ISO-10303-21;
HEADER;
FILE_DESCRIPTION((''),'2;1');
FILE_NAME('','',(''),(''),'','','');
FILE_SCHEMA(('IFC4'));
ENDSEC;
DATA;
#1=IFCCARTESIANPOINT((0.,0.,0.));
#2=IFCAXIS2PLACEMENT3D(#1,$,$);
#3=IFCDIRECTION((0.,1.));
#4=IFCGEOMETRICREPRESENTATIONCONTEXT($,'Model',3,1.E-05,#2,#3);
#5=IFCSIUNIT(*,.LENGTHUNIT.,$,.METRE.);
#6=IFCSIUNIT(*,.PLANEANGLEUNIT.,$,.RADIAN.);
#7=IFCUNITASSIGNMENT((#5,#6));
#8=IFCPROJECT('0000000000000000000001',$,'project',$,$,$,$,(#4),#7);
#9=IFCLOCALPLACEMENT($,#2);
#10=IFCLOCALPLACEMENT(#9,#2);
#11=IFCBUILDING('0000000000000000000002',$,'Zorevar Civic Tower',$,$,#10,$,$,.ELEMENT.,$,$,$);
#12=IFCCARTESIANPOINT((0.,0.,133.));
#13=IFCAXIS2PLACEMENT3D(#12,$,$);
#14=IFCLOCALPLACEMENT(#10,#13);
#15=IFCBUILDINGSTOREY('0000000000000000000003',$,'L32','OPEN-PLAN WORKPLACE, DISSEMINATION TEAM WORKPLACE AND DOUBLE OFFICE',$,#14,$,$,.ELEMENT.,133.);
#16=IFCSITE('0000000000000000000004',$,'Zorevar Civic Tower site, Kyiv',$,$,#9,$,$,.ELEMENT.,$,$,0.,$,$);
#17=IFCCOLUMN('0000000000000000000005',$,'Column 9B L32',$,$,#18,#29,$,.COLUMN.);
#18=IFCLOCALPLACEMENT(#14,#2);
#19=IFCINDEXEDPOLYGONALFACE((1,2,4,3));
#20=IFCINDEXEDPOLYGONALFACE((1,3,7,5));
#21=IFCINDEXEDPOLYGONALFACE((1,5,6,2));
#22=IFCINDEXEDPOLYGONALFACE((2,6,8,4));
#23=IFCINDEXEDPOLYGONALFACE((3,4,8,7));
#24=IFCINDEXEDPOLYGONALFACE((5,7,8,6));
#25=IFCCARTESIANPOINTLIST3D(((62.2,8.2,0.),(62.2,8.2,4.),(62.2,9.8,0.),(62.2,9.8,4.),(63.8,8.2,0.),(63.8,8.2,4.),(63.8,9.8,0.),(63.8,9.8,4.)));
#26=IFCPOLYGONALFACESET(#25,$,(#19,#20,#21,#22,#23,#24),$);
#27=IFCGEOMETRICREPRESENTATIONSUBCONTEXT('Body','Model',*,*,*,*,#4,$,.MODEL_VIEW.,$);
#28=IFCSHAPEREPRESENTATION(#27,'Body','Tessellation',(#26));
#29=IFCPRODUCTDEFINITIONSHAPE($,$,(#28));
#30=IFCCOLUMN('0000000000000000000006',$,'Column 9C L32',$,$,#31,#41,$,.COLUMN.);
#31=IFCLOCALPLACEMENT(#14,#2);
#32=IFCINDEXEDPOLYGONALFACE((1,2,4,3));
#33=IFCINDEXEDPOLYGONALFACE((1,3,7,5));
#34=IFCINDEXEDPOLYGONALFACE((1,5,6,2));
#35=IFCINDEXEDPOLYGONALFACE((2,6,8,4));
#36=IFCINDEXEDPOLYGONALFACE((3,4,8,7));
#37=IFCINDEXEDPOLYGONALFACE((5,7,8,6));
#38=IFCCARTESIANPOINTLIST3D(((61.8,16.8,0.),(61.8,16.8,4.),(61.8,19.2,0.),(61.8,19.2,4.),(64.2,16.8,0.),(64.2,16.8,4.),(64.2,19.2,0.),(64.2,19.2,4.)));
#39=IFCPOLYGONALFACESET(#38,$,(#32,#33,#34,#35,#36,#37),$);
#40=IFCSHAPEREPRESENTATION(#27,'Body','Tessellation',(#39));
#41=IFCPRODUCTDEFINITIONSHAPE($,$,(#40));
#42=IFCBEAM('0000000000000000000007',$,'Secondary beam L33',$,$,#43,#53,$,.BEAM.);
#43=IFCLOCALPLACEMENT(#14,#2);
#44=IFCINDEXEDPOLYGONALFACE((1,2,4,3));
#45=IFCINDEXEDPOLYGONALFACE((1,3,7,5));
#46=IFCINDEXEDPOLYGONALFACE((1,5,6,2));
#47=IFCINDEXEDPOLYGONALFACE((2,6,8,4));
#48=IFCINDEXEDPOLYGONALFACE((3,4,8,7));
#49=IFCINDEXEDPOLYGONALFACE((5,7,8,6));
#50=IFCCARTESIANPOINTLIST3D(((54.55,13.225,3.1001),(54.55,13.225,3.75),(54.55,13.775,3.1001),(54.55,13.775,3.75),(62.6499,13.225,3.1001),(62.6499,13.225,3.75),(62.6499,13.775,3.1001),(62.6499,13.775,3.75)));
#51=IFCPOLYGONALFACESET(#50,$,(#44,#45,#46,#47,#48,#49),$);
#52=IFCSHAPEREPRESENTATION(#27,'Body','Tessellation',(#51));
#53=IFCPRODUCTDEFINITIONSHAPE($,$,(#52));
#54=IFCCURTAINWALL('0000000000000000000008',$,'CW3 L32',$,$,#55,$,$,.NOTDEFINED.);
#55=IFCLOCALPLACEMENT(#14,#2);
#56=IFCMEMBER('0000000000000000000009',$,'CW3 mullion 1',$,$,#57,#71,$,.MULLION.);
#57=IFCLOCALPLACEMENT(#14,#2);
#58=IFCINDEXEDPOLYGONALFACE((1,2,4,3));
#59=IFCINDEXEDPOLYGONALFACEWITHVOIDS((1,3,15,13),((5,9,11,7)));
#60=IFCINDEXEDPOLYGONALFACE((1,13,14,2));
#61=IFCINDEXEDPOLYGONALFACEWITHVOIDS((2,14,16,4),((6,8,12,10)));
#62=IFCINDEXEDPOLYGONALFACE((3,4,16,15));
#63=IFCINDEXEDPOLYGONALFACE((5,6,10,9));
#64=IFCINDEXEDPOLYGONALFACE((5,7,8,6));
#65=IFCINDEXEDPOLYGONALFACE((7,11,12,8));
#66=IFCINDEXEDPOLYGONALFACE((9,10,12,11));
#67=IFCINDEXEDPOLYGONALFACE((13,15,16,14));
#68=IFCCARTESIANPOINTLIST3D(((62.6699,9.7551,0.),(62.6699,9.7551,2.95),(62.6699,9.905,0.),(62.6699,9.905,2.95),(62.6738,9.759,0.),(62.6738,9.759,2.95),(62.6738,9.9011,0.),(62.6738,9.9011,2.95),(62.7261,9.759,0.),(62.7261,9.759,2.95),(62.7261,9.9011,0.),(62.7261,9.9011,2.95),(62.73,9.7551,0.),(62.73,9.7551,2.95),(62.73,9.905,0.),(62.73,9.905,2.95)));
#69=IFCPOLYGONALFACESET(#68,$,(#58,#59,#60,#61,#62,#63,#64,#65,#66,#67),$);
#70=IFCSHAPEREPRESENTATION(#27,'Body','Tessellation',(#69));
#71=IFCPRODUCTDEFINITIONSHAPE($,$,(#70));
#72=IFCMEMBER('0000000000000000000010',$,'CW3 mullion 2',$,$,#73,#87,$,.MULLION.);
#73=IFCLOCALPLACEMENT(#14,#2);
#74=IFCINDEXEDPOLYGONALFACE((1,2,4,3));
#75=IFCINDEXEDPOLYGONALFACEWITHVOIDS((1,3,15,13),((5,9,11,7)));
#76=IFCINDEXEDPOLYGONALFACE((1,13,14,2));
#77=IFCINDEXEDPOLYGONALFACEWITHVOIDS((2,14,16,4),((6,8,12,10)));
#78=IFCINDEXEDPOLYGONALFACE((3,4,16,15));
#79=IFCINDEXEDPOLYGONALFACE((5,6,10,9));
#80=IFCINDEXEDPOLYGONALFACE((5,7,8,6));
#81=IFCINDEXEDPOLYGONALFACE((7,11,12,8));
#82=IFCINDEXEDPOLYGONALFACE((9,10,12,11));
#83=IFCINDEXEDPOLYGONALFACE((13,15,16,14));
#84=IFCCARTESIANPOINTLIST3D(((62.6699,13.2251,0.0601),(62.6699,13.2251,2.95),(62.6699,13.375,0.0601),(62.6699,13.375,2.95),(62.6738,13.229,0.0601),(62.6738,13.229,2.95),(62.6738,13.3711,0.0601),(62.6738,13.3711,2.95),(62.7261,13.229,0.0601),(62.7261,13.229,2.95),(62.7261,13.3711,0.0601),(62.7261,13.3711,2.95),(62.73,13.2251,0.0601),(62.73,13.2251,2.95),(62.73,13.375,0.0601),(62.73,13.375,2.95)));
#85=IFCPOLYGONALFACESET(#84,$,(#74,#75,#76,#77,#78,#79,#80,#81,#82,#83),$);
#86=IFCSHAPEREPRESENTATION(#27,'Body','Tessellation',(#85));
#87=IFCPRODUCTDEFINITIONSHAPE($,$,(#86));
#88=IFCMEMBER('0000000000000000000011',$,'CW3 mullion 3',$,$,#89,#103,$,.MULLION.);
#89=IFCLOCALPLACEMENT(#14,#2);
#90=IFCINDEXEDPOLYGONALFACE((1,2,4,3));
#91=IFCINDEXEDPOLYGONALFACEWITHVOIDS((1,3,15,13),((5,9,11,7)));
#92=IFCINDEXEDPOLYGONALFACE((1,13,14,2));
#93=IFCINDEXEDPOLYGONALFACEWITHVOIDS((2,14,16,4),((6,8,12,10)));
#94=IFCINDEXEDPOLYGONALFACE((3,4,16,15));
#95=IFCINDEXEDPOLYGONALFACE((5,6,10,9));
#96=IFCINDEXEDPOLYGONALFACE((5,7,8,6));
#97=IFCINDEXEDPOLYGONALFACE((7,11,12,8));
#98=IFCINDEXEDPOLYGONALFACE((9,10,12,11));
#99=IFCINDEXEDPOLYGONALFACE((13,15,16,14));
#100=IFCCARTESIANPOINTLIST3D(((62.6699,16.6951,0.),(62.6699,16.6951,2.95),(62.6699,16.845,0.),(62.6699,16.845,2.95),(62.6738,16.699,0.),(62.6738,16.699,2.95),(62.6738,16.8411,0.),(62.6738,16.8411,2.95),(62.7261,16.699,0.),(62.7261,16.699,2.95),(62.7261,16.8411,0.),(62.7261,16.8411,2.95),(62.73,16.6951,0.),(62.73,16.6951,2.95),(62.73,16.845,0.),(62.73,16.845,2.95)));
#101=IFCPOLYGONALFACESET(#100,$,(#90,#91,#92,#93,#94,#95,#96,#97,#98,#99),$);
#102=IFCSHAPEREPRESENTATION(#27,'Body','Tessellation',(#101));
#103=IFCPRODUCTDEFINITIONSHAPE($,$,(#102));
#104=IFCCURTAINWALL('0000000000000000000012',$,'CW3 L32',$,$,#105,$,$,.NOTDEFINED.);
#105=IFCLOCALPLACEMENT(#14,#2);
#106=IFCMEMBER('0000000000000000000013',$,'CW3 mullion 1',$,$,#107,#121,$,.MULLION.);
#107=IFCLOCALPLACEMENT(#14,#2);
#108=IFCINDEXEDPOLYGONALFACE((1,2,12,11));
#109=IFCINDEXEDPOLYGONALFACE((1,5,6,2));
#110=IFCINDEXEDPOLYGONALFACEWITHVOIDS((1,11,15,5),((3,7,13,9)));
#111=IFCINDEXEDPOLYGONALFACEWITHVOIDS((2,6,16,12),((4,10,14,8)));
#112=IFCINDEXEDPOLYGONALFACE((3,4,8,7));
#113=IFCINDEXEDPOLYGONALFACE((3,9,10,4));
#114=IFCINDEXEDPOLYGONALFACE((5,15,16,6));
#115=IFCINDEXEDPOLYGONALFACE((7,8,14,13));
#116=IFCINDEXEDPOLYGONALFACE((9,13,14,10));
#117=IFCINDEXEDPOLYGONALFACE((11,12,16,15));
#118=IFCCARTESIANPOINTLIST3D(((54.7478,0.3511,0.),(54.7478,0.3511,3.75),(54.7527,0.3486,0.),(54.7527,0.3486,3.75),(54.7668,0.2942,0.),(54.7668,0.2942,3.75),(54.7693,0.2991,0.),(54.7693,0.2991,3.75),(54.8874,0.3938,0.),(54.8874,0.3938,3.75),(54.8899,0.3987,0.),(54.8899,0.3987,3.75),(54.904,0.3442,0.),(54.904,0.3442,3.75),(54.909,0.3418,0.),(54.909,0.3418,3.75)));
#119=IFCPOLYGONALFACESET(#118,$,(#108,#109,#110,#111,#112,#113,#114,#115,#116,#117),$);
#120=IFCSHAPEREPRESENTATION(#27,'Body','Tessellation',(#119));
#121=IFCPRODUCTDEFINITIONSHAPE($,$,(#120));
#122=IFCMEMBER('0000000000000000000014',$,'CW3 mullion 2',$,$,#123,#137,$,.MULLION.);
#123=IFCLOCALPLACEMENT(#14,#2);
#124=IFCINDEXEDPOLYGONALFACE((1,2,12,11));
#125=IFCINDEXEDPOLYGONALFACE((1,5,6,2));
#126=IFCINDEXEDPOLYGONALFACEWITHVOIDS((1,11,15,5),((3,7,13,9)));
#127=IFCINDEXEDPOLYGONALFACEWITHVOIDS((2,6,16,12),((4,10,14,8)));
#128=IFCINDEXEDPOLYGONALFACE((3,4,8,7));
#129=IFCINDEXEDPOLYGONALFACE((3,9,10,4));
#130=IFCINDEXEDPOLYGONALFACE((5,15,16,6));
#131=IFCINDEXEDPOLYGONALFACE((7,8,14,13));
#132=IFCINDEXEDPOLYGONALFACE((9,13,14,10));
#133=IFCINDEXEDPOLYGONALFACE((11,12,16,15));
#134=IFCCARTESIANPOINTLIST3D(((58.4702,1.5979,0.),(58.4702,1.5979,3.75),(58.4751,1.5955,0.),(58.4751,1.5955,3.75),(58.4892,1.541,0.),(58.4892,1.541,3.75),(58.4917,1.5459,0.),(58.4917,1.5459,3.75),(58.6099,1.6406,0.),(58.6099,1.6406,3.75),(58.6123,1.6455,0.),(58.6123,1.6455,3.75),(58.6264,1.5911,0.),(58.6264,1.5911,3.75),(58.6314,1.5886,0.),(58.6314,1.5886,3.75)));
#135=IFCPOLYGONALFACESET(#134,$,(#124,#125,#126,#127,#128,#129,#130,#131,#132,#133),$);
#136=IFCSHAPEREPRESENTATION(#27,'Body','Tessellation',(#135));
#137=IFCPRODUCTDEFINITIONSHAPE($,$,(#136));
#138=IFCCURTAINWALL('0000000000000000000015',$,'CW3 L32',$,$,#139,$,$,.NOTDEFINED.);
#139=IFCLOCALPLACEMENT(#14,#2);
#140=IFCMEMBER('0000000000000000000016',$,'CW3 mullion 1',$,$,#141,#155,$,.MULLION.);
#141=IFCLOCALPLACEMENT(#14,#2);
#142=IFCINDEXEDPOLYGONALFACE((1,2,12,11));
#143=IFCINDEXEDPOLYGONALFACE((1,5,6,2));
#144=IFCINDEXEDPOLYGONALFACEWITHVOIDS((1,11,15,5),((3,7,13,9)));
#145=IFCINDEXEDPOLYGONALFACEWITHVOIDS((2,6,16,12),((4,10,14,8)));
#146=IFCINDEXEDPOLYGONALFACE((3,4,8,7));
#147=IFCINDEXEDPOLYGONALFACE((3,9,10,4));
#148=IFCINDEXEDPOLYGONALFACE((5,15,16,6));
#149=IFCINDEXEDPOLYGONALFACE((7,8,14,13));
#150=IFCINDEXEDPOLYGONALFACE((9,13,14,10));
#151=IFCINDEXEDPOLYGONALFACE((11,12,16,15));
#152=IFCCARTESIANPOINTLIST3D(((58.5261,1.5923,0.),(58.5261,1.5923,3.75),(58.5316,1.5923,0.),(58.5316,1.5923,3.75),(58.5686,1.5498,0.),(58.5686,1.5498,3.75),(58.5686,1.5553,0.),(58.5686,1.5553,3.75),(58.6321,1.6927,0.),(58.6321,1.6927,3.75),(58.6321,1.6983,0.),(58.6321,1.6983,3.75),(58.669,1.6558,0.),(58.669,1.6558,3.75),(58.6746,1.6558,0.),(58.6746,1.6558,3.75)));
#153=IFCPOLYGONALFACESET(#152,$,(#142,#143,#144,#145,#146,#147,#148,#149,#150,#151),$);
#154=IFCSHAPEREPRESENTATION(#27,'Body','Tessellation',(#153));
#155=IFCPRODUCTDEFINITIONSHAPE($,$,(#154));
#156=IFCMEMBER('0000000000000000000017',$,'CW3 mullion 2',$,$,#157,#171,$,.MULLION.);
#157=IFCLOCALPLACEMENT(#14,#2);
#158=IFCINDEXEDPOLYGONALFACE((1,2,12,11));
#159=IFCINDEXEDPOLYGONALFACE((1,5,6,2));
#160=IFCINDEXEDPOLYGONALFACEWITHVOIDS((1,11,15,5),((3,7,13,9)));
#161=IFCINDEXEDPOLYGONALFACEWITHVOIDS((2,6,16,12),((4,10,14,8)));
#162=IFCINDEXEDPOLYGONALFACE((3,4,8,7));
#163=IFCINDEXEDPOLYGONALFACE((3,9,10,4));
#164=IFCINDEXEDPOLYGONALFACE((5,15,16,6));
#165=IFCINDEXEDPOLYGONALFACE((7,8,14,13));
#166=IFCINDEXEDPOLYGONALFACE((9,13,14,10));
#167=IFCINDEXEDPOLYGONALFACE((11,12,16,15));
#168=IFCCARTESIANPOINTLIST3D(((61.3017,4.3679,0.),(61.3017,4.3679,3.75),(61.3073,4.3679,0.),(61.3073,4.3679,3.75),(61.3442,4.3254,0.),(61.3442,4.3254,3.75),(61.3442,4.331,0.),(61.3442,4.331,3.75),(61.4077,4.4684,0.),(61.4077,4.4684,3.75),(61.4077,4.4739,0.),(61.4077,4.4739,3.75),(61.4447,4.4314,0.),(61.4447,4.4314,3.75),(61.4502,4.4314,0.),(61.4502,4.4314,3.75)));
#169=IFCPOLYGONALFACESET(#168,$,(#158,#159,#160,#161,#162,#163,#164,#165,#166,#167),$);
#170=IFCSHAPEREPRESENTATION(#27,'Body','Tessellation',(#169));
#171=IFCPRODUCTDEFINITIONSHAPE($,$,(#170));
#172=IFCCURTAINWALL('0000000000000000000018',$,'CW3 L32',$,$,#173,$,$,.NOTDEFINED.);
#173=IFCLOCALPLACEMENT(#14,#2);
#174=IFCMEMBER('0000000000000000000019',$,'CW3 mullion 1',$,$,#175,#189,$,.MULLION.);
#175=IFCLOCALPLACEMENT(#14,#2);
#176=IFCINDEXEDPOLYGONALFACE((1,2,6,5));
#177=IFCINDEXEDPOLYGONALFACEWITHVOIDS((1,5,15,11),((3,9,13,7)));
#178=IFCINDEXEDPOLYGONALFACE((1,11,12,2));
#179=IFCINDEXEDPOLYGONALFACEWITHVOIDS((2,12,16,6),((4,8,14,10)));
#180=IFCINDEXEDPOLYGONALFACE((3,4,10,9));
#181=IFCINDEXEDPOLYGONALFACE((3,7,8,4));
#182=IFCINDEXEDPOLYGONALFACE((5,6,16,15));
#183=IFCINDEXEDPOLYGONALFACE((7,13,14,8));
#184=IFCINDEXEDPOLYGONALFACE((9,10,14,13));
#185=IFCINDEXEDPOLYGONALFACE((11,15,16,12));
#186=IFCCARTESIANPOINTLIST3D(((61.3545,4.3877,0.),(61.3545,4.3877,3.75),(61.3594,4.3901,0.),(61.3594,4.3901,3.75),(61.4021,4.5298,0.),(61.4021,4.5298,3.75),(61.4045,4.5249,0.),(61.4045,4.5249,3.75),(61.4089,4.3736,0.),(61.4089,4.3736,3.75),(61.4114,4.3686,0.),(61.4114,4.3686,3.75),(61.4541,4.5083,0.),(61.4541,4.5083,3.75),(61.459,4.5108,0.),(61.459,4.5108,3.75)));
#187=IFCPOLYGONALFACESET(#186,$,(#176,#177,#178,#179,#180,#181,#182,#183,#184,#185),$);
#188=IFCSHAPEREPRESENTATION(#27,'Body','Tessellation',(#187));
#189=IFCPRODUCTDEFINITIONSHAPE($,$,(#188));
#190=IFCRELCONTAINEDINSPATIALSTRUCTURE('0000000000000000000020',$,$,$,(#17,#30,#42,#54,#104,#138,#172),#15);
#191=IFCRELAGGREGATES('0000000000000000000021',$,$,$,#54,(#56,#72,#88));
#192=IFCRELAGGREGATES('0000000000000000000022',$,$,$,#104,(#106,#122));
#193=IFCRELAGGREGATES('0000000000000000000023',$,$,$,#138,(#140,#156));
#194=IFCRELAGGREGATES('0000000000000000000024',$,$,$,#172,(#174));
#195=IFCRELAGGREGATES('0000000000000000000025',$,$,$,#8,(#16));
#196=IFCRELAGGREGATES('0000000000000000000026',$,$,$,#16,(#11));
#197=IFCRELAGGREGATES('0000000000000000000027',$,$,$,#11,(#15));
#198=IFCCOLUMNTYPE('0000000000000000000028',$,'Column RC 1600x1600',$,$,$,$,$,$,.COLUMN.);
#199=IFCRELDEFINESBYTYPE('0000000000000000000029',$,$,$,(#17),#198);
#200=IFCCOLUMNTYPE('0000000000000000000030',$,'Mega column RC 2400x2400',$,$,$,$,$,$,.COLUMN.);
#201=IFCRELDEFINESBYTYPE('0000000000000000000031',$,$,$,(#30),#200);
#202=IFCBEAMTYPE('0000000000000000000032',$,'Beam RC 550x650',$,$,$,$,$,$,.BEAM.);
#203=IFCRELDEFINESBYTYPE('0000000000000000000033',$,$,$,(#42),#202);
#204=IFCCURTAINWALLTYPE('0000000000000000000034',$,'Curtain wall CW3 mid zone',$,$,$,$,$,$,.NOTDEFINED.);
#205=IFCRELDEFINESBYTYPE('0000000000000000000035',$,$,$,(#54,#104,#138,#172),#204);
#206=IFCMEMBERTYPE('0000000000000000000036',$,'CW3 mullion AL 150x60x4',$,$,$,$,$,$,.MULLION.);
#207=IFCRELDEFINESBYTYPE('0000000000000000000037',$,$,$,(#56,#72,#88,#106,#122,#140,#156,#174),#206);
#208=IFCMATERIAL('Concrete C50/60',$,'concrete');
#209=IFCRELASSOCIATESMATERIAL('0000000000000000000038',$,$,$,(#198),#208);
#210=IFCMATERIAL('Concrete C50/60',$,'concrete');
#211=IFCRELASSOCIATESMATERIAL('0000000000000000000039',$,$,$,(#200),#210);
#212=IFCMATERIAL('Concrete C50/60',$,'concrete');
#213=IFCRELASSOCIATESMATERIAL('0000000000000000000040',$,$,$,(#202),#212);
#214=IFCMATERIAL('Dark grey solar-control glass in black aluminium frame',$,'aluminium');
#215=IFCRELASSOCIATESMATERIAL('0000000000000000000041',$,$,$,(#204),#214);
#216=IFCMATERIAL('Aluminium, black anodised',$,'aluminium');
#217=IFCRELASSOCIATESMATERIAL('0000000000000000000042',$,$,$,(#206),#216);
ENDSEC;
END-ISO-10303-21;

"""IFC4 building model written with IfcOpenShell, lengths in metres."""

from ifc_helpers import new_model, si_unit, direction, frame, origin, origin_2d, place, context, subcontext, project, spatial, rectangle, hollow_rectangle, extrude, material, material_profile, profile_set, type_object, element, aggregate, save


model = new_model("IFC4")

# Units and contexts
model_context = context("Model", 3, precision=1e-05, world=origin(), true_north=direction((0.0, 1.0)))
body_context = subcontext(model_context, "Body", "Model", "MODEL_VIEW")
ifc_project = project(units=[si_unit("LENGTHUNIT", "METRE"), si_unit("PLANEANGLEUNIT", "RADIAN")], contexts=[model_context])

# Site, building, storey
site_placement = place(None, origin())
site = spatial("IfcSite", under=ifc_project, at=site_placement, Name="Zorevar Civic Tower site, Kyiv", CompositionType="ELEMENT", RefElevation=0.0)
building_placement = place(site_placement, origin())
building = spatial("IfcBuilding", under=site, at=building_placement, Name="Zorevar Civic Tower", CompositionType="ELEMENT")
storey_placement = place(building_placement, frame((0.0, 0.0, 133.0)))
storey = spatial("IfcBuildingStorey", under=building, at=storey_placement, Name="L32", Description="OPEN-PLAN WORKPLACE, DISSEMINATION TEAM WORKPLACE AND DOUBLE OFFICE", CompositionType="ELEMENT", Elevation=133.0)

# Columns
ifc_material_1 = material(Name="Concrete C50/60", Category="concrete")
ifc_material_profile_1 = material_profile(ifc_material_1, rectangle(XDim=1.6001, YDim=1.6001, at=origin_2d()), Name="RC 1600x1600")
ifc_profile_set_1 = profile_set([ifc_material_profile_1], Name="Concrete C50/60")
column_type_1 = type_object("IfcColumnType", Name="Column RC 1600x1600", PredefinedType="COLUMN", material=ifc_profile_set_1)
column_1_placement = place(storey_placement, frame((63.0, 9.0, 0.0), z_axis=(0.0, 0.0, 1.0), x_axis=(1.0, 0.0, 0.0)))
element("IfcColumn", 1, at=column_1_placement, inside=storey, type_object=column_type_1, Name="Column 9B L32", PredefinedType="COLUMN", context=body_context, shape_type="SweptSolid", body=[
    extrude(rectangle(XDim=1.6001, YDim=1.6001, at=origin_2d()), origin(), (0.0, 0.0, 1.0), 4.0),
])
ifc_material_2 = material(Name="Concrete C50/60", Category="concrete")
ifc_material_profile_2 = material_profile(ifc_material_2, rectangle(XDim=2.3999, YDim=2.3999, at=origin_2d()), Name="RC 2400x2400")
ifc_profile_set_2 = profile_set([ifc_material_profile_2], Name="Concrete C50/60")
column_type_2 = type_object("IfcColumnType", Name="Mega column RC 2400x2400", PredefinedType="COLUMN", material=ifc_profile_set_2)
column_2_placement = place(storey_placement, frame((63.0, 18.0, 0.0), z_axis=(0.0, 0.0, 1.0), x_axis=(1.0, 0.0, 0.0)))
element("IfcColumn", 2, at=column_2_placement, inside=storey, type_object=column_type_2, Name="Column 9C L32", PredefinedType="COLUMN", context=body_context, shape_type="SweptSolid", body=[
    extrude(rectangle(XDim=2.3999, YDim=2.3999, at=origin_2d()), origin(), (0.0, 0.0, 1.0), 4.0),
])

# Beam
ifc_material_3 = material(Name="Concrete C50/60", Category="concrete")
ifc_material_profile_3 = material_profile(ifc_material_3, rectangle(XDim=0.55, YDim=0.6499, at=origin_2d()), Name="RC 550x650")
ifc_profile_set_3 = profile_set([ifc_material_profile_3], Name="Concrete C50/60")
beam_type_1 = type_object("IfcBeamType", Name="Beam RC 550x650", PredefinedType="BEAM", material=ifc_profile_set_3)
beam_placement = place(storey_placement, frame((54.55, 13.5, 3.425), z_axis=(1.0, 0.0, 0.0), x_axis=(0.0, 1.0, 0.0)))
element("IfcBeam", 3, at=beam_placement, inside=storey, type_object=beam_type_1, Name="Secondary beam L33", PredefinedType="BEAM", context=body_context, shape_type="SweptSolid", body=[
    extrude(rectangle(XDim=0.55, YDim=0.6499, at=origin_2d()), origin(), (0.0, 0.0, 1.0), 8.0999),
])

# Curtain walls, members
ifc_material_4 = material(Name="Dark grey solar-control glass in black aluminium frame", Category="aluminium")
curtain_wall_type = type_object("IfcCurtainWallType", Name="Curtain wall CW3 mid zone", PredefinedType="NOTDEFINED", material=ifc_material_4)
curtain_wall_1_placement = place(storey_placement, origin())
curtain_wall_1 = element("IfcCurtainWall", 4, at=curtain_wall_1_placement, inside=storey, type_object=curtain_wall_type, Name="CW3 L32", PredefinedType="NOTDEFINED")
ifc_material_5 = material(Name="Aluminium, black anodised", Category="aluminium")
ifc_material_profile_4 = material_profile(ifc_material_5, hollow_rectangle(XDim=0.0601, YDim=0.1499, WallThickness=0.0039, at=origin_2d()), Name="AL 150x60x4")
ifc_profile_set_4 = profile_set([ifc_material_profile_4], Name="Aluminium, black anodised")
member_type_1 = type_object("IfcMemberType", Name="CW3 mullion AL 150x60x4", PredefinedType="MULLION", material=ifc_profile_set_4)
member_1_placement = place(storey_placement, frame((62.7, 9.8301, 0.0), z_axis=(0.0, 0.0, 1.0), x_axis=(-1.0, 0.0, 0.0)))
member_1 = element("IfcMember", 5, at=member_1_placement, type_object=member_type_1, Name="CW3 mullion 1", PredefinedType="MULLION", context=body_context, shape_type="SweptSolid", body=[
    extrude(hollow_rectangle(XDim=0.0601, YDim=0.1499, WallThickness=0.0039, at=origin_2d()), origin(), (0.0, 0.0, 1.0), 2.95),
])
member_2_placement = place(storey_placement, frame((62.7, 13.3, 0.0601), z_axis=(0.0, 0.0, 1.0), x_axis=(-1.0, 0.0, 0.0)))
member_2 = element("IfcMember", 6, at=member_2_placement, type_object=member_type_1, Name="CW3 mullion 2", PredefinedType="MULLION", context=body_context, shape_type="SweptSolid", body=[
    extrude(hollow_rectangle(XDim=0.0601, YDim=0.1499, WallThickness=0.0039, at=origin_2d()), origin(), (0.0, 0.0, 1.0), 2.8899),
])
member_3_placement = place(storey_placement, frame((62.7, 16.77, 0.0), z_axis=(0.0, 0.0, 1.0), x_axis=(-1.0, 0.0, 0.0)))
member_3 = element("IfcMember", 7, at=member_3_placement, type_object=member_type_1, Name="CW3 mullion 3", PredefinedType="MULLION", context=body_context, shape_type="SweptSolid", body=[
    extrude(hollow_rectangle(XDim=0.0601, YDim=0.1499, WallThickness=0.0039, at=origin_2d()), origin(), (0.0, 0.0, 1.0), 2.95),
])
curtain_wall_2_placement = place(storey_placement, origin())
curtain_wall_2 = element("IfcCurtainWall", 8, at=curtain_wall_2_placement, inside=storey, type_object=curtain_wall_type, Name="CW3 L32", PredefinedType="NOTDEFINED")
member_4_placement = place(storey_placement, frame((54.8284, 0.3464, 0.0), z_axis=(0.0, 0.0, 1.0), x_axis=(-0.317593, 0.948227, 0.0)))
member_4 = element("IfcMember", 9, at=member_4_placement, type_object=member_type_1, Name="CW3 mullion 1", PredefinedType="MULLION", context=body_context, shape_type="SweptSolid", body=[
    extrude(hollow_rectangle(XDim=0.0601, YDim=0.1499, WallThickness=0.0039, at=origin_2d()), origin(), (0.0, 0.0, 1.0), 3.75),
])
member_5_placement = place(storey_placement, frame((58.5508, 1.5933, 0.0), z_axis=(0.0, 0.0, 1.0), x_axis=(-0.317593, 0.948227, 0.0)))
member_5 = element("IfcMember", 10, at=member_5_placement, type_object=member_type_1, Name="CW3 mullion 2", PredefinedType="MULLION", context=body_context, shape_type="SweptSolid", body=[
    extrude(hollow_rectangle(XDim=0.0601, YDim=0.1499, WallThickness=0.0039, at=origin_2d()), origin(), (0.0, 0.0, 1.0), 3.75),
])
curtain_wall_3_placement = place(storey_placement, origin())
curtain_wall_3 = element("IfcCurtainWall", 11, at=curtain_wall_3_placement, inside=storey, type_object=curtain_wall_type, Name="CW3 L32", PredefinedType="NOTDEFINED")
member_6_placement = place(storey_placement, frame((58.6003, 1.624, 0.0), z_axis=(0.0, 0.0, 1.0), x_axis=(-0.707107, 0.707107, 0.0)))
member_6 = element("IfcMember", 12, at=member_6_placement, type_object=member_type_1, Name="CW3 mullion 1", PredefinedType="MULLION", context=body_context, shape_type="SweptSolid", body=[
    extrude(hollow_rectangle(XDim=0.0601, YDim=0.1499, WallThickness=0.0039, at=origin_2d()), origin(), (0.0, 0.0, 1.0), 3.75),
])
member_7_placement = place(storey_placement, frame((61.376, 4.3997, 0.0), z_axis=(0.0, 0.0, 1.0), x_axis=(-0.707107, 0.707107, 0.0)))
member_7 = element("IfcMember", 13, at=member_7_placement, type_object=member_type_1, Name="CW3 mullion 2", PredefinedType="MULLION", context=body_context, shape_type="SweptSolid", body=[
    extrude(hollow_rectangle(XDim=0.0601, YDim=0.1499, WallThickness=0.0039, at=origin_2d()), origin(), (0.0, 0.0, 1.0), 3.75),
])
curtain_wall_4_placement = place(storey_placement, origin())
curtain_wall_4 = element("IfcCurtainWall", 14, at=curtain_wall_4_placement, inside=storey, type_object=curtain_wall_type, Name="CW3 L32", PredefinedType="NOTDEFINED")
member_8_placement = place(storey_placement, frame((61.4067, 4.4492, 0.0), z_axis=(0.0, 0.0, 1.0), x_axis=(-0.948227, 0.317593, 0.0)))
member_8 = element("IfcMember", 15, at=member_8_placement, type_object=member_type_1, Name="CW3 mullion 1", PredefinedType="MULLION", context=body_context, shape_type="SweptSolid", body=[
    extrude(hollow_rectangle(XDim=0.0601, YDim=0.1499, WallThickness=0.0039, at=origin_2d()), origin(), (0.0, 0.0, 1.0), 3.75),
])

aggregate(curtain_wall_1, [member_1, member_2, member_3])
aggregate(curtain_wall_2, [member_4, member_5])
aggregate(curtain_wall_3, [member_6, member_7])
aggregate(curtain_wall_4, [member_8])

save(model, "model.ifc")
